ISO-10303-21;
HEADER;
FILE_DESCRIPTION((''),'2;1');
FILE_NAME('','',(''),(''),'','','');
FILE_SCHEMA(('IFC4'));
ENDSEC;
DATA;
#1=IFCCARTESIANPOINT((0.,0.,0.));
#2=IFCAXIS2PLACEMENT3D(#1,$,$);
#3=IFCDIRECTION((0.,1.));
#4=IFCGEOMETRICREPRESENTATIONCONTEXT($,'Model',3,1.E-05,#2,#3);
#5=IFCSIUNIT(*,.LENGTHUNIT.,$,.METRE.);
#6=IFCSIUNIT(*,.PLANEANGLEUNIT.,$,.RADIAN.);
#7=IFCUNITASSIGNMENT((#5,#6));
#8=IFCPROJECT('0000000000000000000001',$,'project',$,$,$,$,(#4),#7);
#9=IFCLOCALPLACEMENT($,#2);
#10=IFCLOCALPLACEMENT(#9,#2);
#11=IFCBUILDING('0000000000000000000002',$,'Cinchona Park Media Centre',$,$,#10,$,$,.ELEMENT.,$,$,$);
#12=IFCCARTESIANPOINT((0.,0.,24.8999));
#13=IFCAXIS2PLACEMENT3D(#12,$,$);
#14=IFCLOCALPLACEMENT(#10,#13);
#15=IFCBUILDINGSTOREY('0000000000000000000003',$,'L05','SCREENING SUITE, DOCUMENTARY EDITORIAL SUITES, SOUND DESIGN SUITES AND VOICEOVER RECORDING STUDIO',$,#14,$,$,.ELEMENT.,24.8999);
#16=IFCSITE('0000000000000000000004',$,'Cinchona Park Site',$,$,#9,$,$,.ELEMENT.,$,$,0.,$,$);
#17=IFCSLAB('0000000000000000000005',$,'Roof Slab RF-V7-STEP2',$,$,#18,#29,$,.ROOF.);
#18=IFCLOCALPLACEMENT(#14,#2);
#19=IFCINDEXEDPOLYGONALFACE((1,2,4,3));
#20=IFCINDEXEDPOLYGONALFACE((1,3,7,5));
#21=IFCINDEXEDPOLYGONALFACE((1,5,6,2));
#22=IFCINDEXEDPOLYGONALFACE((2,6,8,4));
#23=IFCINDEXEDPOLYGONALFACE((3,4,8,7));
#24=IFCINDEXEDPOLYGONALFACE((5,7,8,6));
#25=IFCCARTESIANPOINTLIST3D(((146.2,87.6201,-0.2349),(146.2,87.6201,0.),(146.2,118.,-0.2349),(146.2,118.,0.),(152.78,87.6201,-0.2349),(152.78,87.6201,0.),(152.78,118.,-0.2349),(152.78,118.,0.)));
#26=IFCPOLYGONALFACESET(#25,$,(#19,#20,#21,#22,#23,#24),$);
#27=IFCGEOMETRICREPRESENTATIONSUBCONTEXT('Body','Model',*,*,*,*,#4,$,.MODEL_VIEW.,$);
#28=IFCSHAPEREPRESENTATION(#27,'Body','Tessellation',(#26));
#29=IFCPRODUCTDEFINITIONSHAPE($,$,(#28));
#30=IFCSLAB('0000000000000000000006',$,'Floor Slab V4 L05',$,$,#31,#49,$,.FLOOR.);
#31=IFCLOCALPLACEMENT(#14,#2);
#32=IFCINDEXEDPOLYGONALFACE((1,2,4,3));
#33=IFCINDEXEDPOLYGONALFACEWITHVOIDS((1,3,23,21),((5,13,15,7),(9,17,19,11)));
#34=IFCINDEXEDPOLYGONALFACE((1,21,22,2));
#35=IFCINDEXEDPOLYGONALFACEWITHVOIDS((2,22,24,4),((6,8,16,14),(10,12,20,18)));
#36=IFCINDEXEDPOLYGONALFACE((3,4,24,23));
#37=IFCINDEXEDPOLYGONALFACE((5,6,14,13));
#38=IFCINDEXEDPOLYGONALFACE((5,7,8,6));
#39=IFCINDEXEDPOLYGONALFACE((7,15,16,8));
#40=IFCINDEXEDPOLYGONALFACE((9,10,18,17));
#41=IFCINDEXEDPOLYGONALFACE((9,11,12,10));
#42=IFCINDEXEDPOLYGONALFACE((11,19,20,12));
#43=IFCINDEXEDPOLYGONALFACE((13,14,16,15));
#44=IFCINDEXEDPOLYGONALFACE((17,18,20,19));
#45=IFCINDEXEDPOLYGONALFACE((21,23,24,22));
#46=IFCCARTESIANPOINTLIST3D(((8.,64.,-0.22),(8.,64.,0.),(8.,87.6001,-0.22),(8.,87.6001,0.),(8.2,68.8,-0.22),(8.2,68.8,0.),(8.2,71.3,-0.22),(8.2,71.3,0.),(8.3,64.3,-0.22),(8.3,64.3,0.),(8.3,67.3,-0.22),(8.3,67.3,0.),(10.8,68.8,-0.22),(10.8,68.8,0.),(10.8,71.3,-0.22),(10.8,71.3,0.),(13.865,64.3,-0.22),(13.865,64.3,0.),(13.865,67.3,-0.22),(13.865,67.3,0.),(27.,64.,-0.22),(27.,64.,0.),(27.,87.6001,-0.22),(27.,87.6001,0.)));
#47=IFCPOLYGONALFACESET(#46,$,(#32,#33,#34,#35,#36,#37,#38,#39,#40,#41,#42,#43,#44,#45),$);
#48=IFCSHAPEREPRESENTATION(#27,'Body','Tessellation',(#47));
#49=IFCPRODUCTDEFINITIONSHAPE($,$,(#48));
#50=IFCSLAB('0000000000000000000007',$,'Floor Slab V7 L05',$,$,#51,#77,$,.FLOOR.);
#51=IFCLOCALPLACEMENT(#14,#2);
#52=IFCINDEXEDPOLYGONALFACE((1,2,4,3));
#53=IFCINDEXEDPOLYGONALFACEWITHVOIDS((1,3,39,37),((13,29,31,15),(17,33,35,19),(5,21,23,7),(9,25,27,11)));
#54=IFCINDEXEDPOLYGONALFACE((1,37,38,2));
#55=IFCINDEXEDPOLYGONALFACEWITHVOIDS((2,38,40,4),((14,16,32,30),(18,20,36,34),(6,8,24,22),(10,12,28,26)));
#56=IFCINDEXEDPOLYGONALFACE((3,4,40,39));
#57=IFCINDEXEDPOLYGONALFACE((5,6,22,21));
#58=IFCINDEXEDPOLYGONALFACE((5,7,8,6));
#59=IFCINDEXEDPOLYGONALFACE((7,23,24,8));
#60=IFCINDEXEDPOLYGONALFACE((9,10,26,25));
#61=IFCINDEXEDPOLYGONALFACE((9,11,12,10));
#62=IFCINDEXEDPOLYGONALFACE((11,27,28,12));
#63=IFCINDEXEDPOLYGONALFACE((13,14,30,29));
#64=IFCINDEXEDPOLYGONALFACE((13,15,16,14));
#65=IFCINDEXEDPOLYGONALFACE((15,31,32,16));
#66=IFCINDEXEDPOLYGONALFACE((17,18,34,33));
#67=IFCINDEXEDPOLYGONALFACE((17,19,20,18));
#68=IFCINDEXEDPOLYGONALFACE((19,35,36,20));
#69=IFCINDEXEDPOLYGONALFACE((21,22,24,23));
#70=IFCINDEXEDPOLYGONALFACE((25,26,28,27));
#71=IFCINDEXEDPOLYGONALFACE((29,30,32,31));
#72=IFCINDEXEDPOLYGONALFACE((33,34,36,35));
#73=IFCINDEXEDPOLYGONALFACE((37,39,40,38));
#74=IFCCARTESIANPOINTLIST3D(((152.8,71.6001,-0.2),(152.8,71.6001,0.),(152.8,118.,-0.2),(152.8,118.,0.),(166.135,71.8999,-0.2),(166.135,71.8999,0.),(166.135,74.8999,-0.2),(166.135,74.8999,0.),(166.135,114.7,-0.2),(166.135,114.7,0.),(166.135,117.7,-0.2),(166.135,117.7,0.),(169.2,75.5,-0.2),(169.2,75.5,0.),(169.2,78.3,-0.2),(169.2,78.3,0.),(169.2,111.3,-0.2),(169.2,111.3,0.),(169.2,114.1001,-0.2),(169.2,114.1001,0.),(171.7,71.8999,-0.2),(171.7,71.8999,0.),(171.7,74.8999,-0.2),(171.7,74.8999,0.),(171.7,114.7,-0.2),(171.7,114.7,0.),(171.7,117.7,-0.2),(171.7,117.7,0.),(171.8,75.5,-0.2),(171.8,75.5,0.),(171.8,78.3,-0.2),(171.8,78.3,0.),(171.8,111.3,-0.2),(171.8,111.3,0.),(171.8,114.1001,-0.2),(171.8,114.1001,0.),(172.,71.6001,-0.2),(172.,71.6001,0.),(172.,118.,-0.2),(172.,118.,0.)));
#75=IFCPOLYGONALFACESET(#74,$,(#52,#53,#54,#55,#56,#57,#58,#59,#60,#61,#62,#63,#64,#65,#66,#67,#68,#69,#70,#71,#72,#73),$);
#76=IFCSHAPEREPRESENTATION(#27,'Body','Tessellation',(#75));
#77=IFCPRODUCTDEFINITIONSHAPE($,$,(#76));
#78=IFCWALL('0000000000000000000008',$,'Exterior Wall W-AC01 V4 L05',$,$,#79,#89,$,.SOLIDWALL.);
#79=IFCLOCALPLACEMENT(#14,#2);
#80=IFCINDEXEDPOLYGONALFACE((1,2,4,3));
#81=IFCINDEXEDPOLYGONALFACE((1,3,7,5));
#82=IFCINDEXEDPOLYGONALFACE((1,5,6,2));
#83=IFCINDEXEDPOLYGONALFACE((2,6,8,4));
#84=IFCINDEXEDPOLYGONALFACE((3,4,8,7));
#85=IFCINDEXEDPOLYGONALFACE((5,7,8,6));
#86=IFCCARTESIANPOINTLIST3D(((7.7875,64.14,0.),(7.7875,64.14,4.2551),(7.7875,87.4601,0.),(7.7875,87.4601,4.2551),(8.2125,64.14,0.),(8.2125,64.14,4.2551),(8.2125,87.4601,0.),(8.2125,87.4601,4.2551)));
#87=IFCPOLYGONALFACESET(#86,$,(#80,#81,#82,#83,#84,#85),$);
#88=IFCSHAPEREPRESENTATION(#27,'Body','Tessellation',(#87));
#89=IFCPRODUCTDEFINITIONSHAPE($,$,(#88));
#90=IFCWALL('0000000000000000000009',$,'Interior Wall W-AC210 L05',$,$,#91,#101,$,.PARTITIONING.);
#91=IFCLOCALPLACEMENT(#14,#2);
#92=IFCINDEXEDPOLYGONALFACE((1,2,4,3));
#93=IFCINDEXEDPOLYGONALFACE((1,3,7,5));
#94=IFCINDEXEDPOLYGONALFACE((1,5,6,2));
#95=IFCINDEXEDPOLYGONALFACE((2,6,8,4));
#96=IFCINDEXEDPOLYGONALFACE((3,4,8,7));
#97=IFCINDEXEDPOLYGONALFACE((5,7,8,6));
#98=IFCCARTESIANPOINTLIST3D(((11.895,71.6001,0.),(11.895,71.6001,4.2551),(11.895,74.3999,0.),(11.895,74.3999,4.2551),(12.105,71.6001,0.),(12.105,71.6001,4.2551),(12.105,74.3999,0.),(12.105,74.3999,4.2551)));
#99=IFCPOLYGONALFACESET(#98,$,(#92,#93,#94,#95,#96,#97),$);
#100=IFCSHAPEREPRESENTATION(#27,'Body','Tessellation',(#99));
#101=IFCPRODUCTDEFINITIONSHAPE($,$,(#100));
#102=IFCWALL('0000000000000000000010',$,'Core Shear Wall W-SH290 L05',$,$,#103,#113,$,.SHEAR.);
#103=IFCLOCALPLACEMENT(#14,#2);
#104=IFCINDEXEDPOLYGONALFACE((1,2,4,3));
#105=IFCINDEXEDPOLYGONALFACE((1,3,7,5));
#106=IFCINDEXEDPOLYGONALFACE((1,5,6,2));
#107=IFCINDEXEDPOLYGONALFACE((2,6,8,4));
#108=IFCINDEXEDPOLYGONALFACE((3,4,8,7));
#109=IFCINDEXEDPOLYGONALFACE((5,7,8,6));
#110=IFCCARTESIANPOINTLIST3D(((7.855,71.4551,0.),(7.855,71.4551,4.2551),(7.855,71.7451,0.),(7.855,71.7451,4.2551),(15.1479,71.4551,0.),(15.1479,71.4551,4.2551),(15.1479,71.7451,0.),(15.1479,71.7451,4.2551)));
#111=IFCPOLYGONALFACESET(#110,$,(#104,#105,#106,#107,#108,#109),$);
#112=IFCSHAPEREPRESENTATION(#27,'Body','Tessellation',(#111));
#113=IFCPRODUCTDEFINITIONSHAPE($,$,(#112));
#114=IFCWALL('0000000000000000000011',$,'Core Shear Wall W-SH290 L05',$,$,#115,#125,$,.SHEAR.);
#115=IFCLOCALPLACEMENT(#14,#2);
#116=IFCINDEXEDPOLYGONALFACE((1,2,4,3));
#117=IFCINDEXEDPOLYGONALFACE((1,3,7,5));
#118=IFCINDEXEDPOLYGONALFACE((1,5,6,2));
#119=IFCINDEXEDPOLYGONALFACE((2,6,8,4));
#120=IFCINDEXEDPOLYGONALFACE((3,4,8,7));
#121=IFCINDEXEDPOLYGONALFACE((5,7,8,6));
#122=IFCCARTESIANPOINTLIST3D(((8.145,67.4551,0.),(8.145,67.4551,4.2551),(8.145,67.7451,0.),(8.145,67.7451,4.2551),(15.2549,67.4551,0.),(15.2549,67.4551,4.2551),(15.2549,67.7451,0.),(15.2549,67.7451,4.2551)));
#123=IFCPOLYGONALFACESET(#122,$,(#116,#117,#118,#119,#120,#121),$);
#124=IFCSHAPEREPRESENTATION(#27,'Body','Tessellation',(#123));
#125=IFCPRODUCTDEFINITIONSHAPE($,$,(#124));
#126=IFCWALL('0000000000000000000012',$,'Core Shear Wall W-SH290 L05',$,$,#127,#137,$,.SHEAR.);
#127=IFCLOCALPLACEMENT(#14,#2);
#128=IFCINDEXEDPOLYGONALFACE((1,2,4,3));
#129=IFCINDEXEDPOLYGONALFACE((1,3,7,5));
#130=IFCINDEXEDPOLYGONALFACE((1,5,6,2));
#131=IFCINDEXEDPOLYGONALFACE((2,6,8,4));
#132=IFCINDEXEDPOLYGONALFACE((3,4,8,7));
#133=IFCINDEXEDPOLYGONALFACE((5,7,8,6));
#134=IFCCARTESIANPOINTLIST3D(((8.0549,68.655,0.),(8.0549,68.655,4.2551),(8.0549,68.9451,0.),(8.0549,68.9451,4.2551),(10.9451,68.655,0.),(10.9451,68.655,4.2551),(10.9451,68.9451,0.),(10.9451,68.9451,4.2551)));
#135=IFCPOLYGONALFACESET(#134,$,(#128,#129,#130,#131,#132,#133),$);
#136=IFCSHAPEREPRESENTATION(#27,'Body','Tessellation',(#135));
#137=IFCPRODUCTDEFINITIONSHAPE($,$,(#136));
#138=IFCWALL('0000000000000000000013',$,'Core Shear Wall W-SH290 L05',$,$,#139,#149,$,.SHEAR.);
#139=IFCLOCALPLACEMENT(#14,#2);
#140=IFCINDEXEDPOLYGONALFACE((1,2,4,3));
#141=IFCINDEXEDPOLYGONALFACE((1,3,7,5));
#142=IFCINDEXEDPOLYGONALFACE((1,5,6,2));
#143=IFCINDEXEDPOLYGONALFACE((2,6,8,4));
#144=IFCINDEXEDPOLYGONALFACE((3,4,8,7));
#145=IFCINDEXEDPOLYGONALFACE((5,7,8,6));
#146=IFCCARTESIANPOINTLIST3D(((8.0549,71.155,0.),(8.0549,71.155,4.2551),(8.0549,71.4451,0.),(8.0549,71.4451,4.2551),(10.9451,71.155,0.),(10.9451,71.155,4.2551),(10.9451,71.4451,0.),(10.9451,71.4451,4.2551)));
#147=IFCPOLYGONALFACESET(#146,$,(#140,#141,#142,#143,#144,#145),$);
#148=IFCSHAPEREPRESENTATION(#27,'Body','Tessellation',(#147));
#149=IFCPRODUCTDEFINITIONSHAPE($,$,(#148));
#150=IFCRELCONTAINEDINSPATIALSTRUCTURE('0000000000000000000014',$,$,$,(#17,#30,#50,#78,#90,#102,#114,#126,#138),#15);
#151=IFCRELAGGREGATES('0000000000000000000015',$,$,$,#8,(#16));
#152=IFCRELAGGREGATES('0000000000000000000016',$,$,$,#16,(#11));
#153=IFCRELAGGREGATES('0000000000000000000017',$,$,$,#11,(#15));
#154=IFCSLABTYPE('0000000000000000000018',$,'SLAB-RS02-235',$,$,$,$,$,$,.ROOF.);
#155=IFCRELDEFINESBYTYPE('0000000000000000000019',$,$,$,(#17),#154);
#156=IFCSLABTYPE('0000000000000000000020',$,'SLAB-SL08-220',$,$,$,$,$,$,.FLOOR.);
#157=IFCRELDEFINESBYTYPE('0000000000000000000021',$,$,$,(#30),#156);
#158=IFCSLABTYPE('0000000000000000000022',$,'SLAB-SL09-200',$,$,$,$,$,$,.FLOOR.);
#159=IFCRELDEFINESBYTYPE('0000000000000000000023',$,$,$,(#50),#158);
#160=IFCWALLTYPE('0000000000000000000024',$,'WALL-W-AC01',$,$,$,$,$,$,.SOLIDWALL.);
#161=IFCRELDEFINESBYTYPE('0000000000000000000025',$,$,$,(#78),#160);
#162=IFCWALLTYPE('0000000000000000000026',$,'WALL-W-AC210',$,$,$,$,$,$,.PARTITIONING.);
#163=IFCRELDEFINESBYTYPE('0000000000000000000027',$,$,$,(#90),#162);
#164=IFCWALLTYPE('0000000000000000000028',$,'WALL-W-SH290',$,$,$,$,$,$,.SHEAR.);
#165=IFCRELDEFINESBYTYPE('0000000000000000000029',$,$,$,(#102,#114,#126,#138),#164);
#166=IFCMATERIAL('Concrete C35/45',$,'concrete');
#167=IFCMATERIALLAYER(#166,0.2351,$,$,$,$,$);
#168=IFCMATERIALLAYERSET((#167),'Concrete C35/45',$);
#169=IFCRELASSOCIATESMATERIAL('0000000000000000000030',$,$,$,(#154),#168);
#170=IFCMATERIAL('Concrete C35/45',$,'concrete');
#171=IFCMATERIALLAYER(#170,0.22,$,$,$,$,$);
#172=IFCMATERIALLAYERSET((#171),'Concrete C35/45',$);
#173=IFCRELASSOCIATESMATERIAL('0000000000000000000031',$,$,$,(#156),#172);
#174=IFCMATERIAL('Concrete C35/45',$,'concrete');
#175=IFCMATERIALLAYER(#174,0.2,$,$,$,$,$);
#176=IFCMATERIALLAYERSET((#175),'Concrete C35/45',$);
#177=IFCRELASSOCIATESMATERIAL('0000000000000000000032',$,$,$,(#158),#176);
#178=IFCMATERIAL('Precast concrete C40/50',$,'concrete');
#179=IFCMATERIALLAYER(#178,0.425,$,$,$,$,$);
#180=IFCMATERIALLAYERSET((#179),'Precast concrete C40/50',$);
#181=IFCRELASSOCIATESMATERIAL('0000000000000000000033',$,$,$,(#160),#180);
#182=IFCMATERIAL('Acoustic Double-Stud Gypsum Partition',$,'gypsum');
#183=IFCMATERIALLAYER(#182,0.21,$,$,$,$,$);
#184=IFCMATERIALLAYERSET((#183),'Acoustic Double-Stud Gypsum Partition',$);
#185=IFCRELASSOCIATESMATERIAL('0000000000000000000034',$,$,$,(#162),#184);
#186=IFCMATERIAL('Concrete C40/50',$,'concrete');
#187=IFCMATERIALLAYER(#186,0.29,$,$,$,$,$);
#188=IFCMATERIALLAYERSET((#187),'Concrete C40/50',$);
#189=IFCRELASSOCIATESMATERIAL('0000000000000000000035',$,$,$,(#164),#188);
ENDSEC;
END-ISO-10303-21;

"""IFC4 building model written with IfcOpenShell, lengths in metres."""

from ifc_helpers import new_model, si_unit, direction, frame, frame_2d, origin, place, context, subcontext, project, spatial, polyline, rectangle, outline, extrude, material, layer, layer_set, type_object, element, save


model = new_model("IFC4")

# Units and contexts
model_context = context("Model", 3, precision=1e-05, world=origin(), true_north=direction((0.0, 1.0)))
body_context = subcontext(model_context, "Body", "Model", "MODEL_VIEW")
ifc_project = project(units=[si_unit("LENGTHUNIT", "METRE"), si_unit("PLANEANGLEUNIT", "RADIAN")], contexts=[model_context])

# Site, building, storey
site_placement = place(None, origin())
site = spatial("IfcSite", under=ifc_project, at=site_placement, Name="Cinchona Park Site", CompositionType="ELEMENT", RefElevation=0.0)
building_placement = place(site_placement, origin())
building = spatial("IfcBuilding", under=site, at=building_placement, Name="Cinchona Park Media Centre", CompositionType="ELEMENT")
storey_placement = place(building_placement, frame((0.0, 0.0, 24.8999)))
storey = spatial("IfcBuildingStorey", under=building, at=storey_placement, Name="L05", Description="SCREENING SUITE, DOCUMENTARY EDITORIAL SUITES, SOUND DESIGN SUITES AND VOICEOVER RECORDING STUDIO", CompositionType="ELEMENT", Elevation=24.8999)

# Slabs
ifc_material_1 = material(Name="Concrete C35/45", Category="concrete")
ifc_layer_1 = layer(ifc_material_1, 0.2351)
ifc_layer_set_1 = layer_set([ifc_layer_1], Name="Concrete C35/45")
slab_type_1 = type_object("IfcSlabType", Name="SLAB-RS02-235", PredefinedType="ROOF", material=ifc_layer_set_1)
slab_1_placement = place(storey_placement, frame((0.0, 0.0, -0.2349)))
element("IfcSlab", 1, at=slab_1_placement, inside=storey, type_object=slab_type_1, Name="Roof Slab RF-V7-STEP2", PredefinedType="ROOF", context=body_context, shape_type="SweptSolid", body=[
    extrude(outline(polyline([(146.2, 87.6201), (152.78, 87.6201), (152.78, 118.0), (146.2, 118.0), (146.2, 87.6201)])), origin(), (0.0, 0.0, 1.0), 0.2349),
])
ifc_material_2 = material(Name="Concrete C35/45", Category="concrete")
ifc_layer_2 = layer(ifc_material_2, 0.22)
ifc_layer_set_2 = layer_set([ifc_layer_2], Name="Concrete C35/45")
slab_type_2 = type_object("IfcSlabType", Name="SLAB-SL08-220", PredefinedType="FLOOR", material=ifc_layer_set_2)
slab_2_placement = place(storey_placement, frame((0.0, 0.0, -0.22)))
element("IfcSlab", 2, at=slab_2_placement, inside=storey, type_object=slab_type_2, Name="Floor Slab V4 L05", PredefinedType="FLOOR", context=body_context, shape_type="SweptSolid", body=[
    extrude(outline(polyline([(8.0, 64.0), (27.0, 64.0), (27.0, 87.6001), (8.0, 87.6001), (8.0, 64.0)]), holes=[polyline([(8.3, 64.3), (13.865, 64.3), (13.865, 67.3), (8.3, 67.3), (8.3, 64.3)]), polyline([(8.2, 68.8), (10.8, 68.8), (10.8, 71.3), (8.2, 71.3), (8.2, 68.8)])]), origin(), (0.0, 0.0, 1.0), 0.22),
])
ifc_material_3 = material(Name="Concrete C35/45", Category="concrete")
ifc_layer_3 = layer(ifc_material_3, 0.2)
ifc_layer_set_3 = layer_set([ifc_layer_3], Name="Concrete C35/45")
slab_type_3 = type_object("IfcSlabType", Name="SLAB-SL09-200", PredefinedType="FLOOR", material=ifc_layer_set_3)
slab_3_placement = place(storey_placement, frame((0.0, 0.0, -0.2)))
element("IfcSlab", 3, at=slab_3_placement, inside=storey, type_object=slab_type_3, Name="Floor Slab V7 L05", PredefinedType="FLOOR", context=body_context, shape_type="SweptSolid", body=[
    extrude(outline(polyline([(152.8, 71.6001), (172.0, 71.6001), (172.0, 118.0), (152.8, 118.0), (152.8, 71.6001)]), holes=[polyline([(166.135, 71.8999), (171.7, 71.8999), (171.7, 74.8999), (166.135, 74.8999), (166.135, 71.8999)]), polyline([(169.2, 75.5), (171.8, 75.5), (171.8, 78.3), (169.2, 78.3), (169.2, 75.5)]), polyline([(166.135, 114.7), (171.7, 114.7), (171.7, 117.7), (166.135, 117.7), (166.135, 114.7)]), polyline([(169.2, 111.3), (171.8, 111.3), (171.8, 114.1001), (169.2, 114.1001), (169.2, 111.3)])]), origin(), (0.0, 0.0, 1.0), 0.2),
])

# Walls
ifc_material_4 = material(Name="Precast concrete C40/50", Category="concrete")
ifc_layer_4 = layer(ifc_material_4, 0.425)
ifc_layer_set_4 = layer_set([ifc_layer_4], Name="Precast concrete C40/50")
wall_type_1 = type_object("IfcWallType", Name="WALL-W-AC01", PredefinedType="SOLIDWALL", material=ifc_layer_set_4)
wall_1_placement = place(storey_placement, frame((8.0, 64.1399, 0.0), z_axis=(0.0, 0.0, 1.0), x_axis=(0.0, 1.0, 0.0)))
element("IfcWall", 4, at=wall_1_placement, inside=storey, type_object=wall_type_1, Name="Exterior Wall W-AC01 V4 L05", PredefinedType="SOLIDWALL", context=body_context, shape_type="SweptSolid", body=[
    extrude(rectangle(XDim=23.3201, YDim=0.425, at=frame_2d((11.6602, 0.0))), origin(), (0.0, 0.0, 1.0), 4.2551),
])
ifc_material_5 = material(Name="Acoustic Double-Stud Gypsum Partition", Category="gypsum")
ifc_layer_5 = layer(ifc_material_5, 0.21)
ifc_layer_set_5 = layer_set([ifc_layer_5], Name="Acoustic Double-Stud Gypsum Partition")
wall_type_2 = type_object("IfcWallType", Name="WALL-W-AC210", PredefinedType="PARTITIONING", material=ifc_layer_set_5)
wall_2_placement = place(storey_placement, frame((12.0, 71.6001, 0.0), z_axis=(0.0, 0.0, 1.0), x_axis=(0.0, 1.0, 0.0)))
element("IfcWall", 5, at=wall_2_placement, inside=storey, type_object=wall_type_2, Name="Interior Wall W-AC210 L05", PredefinedType="PARTITIONING", context=body_context, shape_type="SweptSolid", body=[
    extrude(rectangle(XDim=2.7998, YDim=0.21, at=frame_2d((1.3999, 0.0))), origin(), (0.0, 0.0, 1.0), 4.2551),
])
ifc_material_6 = material(Name="Concrete C40/50", Category="concrete")
ifc_layer_6 = layer(ifc_material_6, 0.29)
ifc_layer_set_6 = layer_set([ifc_layer_6], Name="Concrete C40/50")
wall_type_3 = type_object("IfcWallType", Name="WALL-W-SH290", PredefinedType="SHEAR", material=ifc_layer_set_6)
wall_3_placement = place(storey_placement, frame((7.855, 71.6001, 0.0), z_axis=(0.0, 0.0, 1.0), x_axis=(1.0, 0.0, 0.0)))
element("IfcWall", 6, at=wall_3_placement, inside=storey, type_object=wall_type_3, Name="Core Shear Wall W-SH290 L05", PredefinedType="SHEAR", context=body_context, shape_type="SweptSolid", body=[
    extrude(rectangle(XDim=7.293, YDim=0.29, at=frame_2d((3.6465, 0.0))), origin(), (0.0, 0.0, 1.0), 4.2551),
])

# Walls
wall_4_placement = place(storey_placement, frame((8.145, 67.6001, 0.0), z_axis=(0.0, 0.0, 1.0), x_axis=(1.0, 0.0, 0.0)))
element("IfcWall", 7, at=wall_4_placement, inside=storey, type_object=wall_type_3, Name="Core Shear Wall W-SH290 L05", PredefinedType="SHEAR", context=body_context, shape_type="SweptSolid", body=[
    extrude(rectangle(XDim=7.1099, YDim=0.29, at=frame_2d((3.5549, 0.0))), origin(), (0.0, 0.0, 1.0), 4.2551),
])
for number, where, z_axis, x_axis, name in (
    (8, (8.0549, 68.8, 0.0), (0.0, 0.0, 1.0), (1.0, 0.0, 0.0), "Core Shear Wall W-SH290 L05"),
    (9, (8.0549, 71.3, 0.0), (0.0, 0.0, 1.0), (1.0, 0.0, 0.0), "Core Shear Wall W-SH290 L05"),
):
    element("IfcWall", number, at=place(storey_placement, frame(where, z_axis=z_axis, x_axis=x_axis)), inside=storey, type_object=wall_type_3, Name=name, PredefinedType="SHEAR", context=body_context, shape_type="SweptSolid", body=[
        extrude(rectangle(XDim=2.8901, YDim=0.29, at=frame_2d((1.4451, 0.0))), origin(), (0.0, 0.0, 1.0), 4.2551),
    ])

save(model, "model.ifc")
